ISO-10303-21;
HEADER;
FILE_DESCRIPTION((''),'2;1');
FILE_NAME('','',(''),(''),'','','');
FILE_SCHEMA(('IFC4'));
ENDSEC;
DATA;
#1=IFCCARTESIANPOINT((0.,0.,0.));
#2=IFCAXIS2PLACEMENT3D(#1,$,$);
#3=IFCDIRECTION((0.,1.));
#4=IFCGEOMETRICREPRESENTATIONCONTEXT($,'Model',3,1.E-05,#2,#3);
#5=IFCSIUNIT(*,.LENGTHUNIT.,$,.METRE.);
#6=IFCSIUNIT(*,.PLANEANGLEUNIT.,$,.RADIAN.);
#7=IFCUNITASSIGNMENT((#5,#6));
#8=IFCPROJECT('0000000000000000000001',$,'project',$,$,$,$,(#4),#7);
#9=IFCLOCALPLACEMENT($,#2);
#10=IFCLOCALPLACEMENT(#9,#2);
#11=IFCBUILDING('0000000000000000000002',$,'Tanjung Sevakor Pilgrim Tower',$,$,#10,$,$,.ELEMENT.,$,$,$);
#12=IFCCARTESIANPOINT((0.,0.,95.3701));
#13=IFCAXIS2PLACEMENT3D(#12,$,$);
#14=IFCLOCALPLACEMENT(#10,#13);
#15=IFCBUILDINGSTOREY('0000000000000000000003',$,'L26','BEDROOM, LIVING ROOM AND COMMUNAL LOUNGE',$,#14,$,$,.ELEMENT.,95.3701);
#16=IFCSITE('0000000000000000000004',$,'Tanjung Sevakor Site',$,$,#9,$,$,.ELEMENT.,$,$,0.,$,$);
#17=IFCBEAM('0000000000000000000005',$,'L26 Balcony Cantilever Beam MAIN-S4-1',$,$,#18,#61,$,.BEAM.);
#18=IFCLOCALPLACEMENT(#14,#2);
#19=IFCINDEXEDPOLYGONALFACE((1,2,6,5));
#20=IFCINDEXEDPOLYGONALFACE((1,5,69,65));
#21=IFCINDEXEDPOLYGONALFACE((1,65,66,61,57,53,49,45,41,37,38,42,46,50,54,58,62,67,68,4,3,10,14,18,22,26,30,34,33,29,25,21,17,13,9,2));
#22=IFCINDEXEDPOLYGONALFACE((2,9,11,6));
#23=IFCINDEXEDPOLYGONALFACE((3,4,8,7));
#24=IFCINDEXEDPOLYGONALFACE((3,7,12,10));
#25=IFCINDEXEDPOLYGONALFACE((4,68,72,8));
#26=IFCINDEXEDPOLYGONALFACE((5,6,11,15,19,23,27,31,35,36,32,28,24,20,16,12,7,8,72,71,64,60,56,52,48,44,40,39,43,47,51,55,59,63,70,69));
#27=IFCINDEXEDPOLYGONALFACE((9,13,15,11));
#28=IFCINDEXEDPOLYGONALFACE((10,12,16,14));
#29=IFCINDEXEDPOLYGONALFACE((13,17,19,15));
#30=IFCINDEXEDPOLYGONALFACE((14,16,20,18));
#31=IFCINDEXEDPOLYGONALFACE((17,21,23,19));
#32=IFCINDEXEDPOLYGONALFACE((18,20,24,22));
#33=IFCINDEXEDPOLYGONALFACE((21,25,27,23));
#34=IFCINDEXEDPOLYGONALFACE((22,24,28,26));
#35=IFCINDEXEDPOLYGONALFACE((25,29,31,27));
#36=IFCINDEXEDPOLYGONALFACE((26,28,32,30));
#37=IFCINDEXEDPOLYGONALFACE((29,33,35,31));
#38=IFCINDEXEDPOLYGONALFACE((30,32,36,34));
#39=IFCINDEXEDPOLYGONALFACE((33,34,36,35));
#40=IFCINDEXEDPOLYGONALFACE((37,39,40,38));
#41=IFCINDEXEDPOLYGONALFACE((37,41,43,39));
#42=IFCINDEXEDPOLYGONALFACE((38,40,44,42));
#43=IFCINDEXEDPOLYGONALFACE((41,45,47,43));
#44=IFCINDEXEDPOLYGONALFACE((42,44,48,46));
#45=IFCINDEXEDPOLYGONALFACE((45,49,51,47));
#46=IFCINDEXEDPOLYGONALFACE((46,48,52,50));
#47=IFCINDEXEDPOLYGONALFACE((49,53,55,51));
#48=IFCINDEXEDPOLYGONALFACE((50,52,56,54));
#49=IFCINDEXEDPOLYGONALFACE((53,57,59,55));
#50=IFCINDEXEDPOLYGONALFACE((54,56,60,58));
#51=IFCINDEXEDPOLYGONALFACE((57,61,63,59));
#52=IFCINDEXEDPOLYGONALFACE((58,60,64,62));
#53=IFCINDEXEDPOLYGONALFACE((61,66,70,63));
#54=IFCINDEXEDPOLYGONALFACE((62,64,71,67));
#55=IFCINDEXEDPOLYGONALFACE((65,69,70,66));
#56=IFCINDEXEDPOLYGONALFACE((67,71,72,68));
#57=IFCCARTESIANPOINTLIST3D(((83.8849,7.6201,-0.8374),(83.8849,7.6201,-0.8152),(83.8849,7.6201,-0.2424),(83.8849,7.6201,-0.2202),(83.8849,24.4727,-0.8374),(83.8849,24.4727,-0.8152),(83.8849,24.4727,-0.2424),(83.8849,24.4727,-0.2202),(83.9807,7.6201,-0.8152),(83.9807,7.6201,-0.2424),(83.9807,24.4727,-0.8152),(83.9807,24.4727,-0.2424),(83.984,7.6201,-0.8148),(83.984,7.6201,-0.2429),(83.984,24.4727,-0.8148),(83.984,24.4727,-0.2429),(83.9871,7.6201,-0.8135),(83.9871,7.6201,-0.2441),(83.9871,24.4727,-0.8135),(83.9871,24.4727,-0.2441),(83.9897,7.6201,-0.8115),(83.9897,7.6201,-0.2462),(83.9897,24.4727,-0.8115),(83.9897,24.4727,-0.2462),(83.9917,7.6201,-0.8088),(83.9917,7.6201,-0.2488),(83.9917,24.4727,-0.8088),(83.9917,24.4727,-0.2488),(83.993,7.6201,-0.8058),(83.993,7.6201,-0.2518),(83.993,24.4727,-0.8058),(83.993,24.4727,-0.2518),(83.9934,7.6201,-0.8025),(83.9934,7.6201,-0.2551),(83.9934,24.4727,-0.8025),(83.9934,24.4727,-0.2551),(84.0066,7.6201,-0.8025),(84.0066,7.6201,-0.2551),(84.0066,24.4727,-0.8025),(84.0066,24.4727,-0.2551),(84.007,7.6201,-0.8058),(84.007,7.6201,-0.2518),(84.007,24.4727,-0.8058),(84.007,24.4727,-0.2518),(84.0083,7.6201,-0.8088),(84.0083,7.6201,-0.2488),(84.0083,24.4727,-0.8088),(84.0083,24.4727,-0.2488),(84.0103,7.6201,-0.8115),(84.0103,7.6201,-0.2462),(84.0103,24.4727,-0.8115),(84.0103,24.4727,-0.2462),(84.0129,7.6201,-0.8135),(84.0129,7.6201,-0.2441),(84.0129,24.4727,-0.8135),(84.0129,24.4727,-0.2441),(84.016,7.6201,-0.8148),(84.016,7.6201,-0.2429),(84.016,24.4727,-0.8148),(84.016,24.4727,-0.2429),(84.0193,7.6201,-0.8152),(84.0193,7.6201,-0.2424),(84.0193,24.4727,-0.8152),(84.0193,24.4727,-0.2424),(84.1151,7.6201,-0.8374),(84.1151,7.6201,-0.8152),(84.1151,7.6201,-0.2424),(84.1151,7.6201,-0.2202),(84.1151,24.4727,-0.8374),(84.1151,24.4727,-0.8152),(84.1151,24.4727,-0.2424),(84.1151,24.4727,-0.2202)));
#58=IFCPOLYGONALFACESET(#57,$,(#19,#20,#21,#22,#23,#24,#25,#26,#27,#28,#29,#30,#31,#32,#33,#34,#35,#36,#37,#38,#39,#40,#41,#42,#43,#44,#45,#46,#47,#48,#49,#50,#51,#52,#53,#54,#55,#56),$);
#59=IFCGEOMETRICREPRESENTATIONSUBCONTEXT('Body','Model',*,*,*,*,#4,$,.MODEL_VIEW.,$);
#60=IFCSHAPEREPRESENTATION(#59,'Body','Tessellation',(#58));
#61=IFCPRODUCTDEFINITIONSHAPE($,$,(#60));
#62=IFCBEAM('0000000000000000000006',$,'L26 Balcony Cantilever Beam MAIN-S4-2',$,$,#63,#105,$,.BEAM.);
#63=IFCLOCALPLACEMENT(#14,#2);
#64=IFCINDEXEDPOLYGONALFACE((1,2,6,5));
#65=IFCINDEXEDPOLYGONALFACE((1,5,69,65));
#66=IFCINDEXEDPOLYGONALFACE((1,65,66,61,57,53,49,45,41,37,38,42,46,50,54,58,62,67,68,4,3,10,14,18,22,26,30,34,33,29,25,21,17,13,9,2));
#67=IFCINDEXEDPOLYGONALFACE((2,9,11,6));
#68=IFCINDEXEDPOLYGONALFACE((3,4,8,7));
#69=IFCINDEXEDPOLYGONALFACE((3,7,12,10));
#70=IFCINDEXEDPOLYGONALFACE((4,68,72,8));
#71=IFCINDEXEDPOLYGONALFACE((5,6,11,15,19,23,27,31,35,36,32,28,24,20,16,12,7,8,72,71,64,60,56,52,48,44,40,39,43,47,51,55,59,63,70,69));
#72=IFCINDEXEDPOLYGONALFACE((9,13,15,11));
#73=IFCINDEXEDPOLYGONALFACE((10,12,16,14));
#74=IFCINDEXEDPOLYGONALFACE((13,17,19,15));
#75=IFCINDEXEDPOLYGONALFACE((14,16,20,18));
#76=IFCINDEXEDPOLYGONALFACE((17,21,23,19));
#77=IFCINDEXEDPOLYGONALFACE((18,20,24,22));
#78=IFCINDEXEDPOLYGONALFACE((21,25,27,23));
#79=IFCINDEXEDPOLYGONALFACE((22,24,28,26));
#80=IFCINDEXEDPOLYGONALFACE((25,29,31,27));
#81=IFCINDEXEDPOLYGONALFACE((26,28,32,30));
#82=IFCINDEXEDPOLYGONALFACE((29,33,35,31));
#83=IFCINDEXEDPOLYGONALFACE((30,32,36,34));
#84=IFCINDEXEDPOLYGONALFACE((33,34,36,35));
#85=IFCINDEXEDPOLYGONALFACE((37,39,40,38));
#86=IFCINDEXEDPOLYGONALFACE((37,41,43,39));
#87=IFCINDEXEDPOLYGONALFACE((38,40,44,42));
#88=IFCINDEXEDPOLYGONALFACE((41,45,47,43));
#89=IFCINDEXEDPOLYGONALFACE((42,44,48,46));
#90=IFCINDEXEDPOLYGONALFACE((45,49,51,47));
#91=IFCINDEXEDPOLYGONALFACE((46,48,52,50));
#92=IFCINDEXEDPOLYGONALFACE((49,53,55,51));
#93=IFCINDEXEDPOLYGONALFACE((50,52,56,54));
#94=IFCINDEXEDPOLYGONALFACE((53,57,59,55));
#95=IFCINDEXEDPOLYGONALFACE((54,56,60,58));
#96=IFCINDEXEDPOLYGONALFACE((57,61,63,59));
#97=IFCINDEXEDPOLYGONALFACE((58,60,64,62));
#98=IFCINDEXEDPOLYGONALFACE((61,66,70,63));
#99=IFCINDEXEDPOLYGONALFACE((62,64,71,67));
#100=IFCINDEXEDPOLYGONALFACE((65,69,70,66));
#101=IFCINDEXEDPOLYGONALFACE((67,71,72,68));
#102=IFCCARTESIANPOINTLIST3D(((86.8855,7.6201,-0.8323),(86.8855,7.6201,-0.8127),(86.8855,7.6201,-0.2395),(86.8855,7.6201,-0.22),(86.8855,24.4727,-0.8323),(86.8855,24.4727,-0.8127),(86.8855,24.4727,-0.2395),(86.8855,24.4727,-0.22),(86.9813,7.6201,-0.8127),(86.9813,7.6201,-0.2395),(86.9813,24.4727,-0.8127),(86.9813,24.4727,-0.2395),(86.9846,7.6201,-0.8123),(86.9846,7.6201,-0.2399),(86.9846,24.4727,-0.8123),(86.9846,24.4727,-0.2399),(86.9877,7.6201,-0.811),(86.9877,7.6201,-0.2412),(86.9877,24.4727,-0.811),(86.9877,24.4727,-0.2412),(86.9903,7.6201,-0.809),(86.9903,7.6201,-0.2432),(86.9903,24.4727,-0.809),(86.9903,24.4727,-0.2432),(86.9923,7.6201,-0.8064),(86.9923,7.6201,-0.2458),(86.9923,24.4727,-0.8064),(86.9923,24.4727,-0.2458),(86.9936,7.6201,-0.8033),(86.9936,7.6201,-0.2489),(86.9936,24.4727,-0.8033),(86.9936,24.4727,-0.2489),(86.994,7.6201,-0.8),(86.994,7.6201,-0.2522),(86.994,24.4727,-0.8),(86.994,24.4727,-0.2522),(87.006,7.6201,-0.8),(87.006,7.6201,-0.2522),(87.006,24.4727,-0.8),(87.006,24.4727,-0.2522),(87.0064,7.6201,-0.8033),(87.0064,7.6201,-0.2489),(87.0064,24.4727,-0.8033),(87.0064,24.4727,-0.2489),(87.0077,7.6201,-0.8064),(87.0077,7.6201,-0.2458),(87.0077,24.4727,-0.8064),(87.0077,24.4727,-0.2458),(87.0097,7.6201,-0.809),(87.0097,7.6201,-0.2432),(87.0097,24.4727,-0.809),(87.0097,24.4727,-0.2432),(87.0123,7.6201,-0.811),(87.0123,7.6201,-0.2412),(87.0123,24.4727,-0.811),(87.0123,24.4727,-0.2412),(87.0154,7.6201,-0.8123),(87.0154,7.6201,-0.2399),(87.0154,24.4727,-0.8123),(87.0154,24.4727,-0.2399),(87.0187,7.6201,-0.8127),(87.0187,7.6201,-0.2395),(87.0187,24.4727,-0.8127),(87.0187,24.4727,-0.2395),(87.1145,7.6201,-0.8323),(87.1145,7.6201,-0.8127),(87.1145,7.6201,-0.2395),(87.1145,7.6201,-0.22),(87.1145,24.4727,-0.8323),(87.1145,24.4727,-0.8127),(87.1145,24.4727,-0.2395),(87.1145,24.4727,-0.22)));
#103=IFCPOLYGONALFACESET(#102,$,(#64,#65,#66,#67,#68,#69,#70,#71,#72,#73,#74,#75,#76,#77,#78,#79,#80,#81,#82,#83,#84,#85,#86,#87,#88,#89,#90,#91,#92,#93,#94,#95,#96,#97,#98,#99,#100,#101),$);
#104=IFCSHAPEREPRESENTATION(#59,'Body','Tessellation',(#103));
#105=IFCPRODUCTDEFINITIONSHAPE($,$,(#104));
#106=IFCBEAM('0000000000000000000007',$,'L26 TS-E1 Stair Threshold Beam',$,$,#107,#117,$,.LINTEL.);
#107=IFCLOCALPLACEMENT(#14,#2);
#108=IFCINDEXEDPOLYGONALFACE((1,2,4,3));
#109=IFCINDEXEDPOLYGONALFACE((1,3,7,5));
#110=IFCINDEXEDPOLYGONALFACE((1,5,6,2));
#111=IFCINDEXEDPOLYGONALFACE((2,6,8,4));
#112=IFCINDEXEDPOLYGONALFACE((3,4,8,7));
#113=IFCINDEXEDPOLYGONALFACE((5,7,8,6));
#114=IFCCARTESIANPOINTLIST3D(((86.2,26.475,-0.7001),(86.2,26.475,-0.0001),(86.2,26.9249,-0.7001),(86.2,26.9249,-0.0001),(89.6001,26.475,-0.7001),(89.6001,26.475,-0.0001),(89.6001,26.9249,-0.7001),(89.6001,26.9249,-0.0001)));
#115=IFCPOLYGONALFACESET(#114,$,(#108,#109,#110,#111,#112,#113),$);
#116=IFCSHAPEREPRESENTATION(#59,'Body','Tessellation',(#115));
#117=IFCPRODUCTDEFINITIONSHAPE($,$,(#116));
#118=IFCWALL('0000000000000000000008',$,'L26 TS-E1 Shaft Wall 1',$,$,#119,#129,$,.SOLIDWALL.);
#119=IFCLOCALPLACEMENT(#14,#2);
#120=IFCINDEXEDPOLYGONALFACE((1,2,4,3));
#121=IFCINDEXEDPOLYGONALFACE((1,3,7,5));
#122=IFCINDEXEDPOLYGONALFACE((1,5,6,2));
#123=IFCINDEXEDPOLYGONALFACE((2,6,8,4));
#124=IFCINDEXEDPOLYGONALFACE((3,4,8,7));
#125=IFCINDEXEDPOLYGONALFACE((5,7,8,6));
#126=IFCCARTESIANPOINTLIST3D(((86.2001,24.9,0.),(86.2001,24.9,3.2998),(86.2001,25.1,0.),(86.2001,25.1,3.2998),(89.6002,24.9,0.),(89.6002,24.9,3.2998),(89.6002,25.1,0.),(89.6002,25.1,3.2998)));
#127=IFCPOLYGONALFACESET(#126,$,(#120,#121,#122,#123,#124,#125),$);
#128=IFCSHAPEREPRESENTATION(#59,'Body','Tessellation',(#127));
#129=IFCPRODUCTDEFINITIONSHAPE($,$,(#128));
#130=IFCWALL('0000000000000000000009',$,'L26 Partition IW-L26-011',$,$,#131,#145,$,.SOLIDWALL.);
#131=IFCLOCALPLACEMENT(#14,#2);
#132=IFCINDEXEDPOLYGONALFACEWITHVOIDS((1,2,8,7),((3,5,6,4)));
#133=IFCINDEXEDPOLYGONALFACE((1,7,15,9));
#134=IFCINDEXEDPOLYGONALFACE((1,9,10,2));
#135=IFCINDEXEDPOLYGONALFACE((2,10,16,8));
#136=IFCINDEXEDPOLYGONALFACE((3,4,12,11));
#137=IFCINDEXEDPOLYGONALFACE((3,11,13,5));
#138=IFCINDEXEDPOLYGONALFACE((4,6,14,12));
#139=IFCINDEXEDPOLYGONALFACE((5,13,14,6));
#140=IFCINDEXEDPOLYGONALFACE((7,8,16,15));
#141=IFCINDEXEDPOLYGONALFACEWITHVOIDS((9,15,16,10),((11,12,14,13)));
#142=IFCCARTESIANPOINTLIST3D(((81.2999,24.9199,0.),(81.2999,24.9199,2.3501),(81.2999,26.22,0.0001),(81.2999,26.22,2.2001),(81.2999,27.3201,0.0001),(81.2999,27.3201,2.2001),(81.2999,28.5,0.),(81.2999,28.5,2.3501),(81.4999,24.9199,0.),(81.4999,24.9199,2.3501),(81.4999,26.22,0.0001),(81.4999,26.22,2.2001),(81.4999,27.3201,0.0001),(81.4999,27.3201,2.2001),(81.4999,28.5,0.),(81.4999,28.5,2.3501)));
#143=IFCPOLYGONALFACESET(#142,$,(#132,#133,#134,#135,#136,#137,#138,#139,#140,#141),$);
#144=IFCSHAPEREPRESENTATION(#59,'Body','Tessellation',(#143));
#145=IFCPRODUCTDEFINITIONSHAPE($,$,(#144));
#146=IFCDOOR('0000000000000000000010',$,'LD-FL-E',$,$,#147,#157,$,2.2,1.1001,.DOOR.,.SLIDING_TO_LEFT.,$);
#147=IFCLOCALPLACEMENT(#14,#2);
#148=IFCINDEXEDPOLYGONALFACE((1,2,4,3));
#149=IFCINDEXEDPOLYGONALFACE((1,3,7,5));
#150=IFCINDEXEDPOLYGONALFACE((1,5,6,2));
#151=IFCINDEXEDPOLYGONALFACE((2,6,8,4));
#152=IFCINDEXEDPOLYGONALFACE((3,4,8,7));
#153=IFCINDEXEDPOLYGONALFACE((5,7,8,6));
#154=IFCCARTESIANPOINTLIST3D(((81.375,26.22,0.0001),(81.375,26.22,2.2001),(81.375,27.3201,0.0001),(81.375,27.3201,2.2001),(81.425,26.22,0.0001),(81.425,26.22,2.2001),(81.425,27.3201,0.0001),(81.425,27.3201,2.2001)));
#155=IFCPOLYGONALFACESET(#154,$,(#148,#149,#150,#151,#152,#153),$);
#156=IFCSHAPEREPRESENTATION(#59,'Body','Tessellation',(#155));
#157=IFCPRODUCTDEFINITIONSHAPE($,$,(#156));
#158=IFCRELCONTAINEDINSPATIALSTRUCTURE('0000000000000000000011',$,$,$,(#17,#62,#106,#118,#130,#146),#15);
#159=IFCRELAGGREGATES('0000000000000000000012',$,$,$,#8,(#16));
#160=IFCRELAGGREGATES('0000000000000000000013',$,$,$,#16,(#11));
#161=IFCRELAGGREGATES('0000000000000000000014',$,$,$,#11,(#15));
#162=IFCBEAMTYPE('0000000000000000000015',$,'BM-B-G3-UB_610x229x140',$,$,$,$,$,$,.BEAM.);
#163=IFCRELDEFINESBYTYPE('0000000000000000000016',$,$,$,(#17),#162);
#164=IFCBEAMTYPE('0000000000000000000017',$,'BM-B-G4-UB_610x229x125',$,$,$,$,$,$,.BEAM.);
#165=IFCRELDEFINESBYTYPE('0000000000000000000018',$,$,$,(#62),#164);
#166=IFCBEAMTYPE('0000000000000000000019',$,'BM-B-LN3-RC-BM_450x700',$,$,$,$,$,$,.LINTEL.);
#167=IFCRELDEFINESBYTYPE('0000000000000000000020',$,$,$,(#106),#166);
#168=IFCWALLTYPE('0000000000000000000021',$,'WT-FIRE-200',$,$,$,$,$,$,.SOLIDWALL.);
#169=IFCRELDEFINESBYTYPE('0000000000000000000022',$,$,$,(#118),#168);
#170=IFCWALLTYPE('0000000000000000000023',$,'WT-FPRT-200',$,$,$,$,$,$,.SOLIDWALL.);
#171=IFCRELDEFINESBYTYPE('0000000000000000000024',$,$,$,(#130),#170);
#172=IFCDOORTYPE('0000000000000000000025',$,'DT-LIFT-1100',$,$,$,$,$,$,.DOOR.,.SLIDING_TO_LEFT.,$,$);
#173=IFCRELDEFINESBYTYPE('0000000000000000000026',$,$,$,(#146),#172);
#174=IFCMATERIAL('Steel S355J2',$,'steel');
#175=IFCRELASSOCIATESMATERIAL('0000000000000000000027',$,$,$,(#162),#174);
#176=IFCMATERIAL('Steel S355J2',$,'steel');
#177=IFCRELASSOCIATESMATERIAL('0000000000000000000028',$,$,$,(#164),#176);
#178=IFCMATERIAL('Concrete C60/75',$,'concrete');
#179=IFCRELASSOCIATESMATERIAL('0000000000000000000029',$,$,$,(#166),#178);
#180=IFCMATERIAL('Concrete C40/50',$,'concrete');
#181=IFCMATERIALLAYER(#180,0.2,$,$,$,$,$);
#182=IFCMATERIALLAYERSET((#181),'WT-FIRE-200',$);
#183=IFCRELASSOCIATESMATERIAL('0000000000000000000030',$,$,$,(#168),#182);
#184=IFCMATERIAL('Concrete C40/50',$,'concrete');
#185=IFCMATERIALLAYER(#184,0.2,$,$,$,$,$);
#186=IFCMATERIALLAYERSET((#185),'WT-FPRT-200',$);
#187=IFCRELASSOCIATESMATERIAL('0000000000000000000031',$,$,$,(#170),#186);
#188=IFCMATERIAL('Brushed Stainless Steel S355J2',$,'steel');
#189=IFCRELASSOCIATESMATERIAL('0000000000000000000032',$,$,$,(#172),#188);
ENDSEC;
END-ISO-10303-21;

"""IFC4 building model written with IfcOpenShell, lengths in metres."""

from ifc_helpers import new_model, si_unit, direction, frame, frame_2d, origin, origin_2d, place, context, subcontext, project, spatial, rectangle, i_section, extrude, material, layer, layer_set, material_profile, profile_set, type_object, element, fill, save


model = new_model("IFC4")

# Units and contexts
model_context = context("Model", 3, precision=1e-05, world=origin(), true_north=direction((0.0, 1.0)))
body_context = subcontext(model_context, "Body", "Model", "MODEL_VIEW")
ifc_project = project(units=[si_unit("LENGTHUNIT", "METRE"), si_unit("PLANEANGLEUNIT", "RADIAN")], contexts=[model_context])

# Site, building, storey
site_placement = place(None, origin())
site = spatial("IfcSite", under=ifc_project, at=site_placement, Name="Tanjung Sevakor Site", CompositionType="ELEMENT", RefElevation=0.0)
building_placement = place(site_placement, origin())
building = spatial("IfcBuilding", under=site, at=building_placement, Name="Tanjung Sevakor Pilgrim Tower", CompositionType="ELEMENT")
storey_placement = place(building_placement, frame((0.0, 0.0, 95.3701)))
storey = spatial("IfcBuildingStorey", under=building, at=storey_placement, Name="L26", Description="BEDROOM, LIVING ROOM AND COMMUNAL LOUNGE", CompositionType="ELEMENT", Elevation=95.3701)

# Beams
ifc_material_1 = material(Name="Steel S355J2", Category="steel")
ifc_material_profile_1 = material_profile(ifc_material_1, i_section(OverallWidth=0.2302, OverallDepth=0.6172, WebThickness=0.0132, FlangeThickness=0.0222, FilletRadius=0.0127, at=origin_2d()))
ifc_profile_set_1 = profile_set([ifc_material_profile_1], Name="Steel S355J2")
beam_type_1 = type_object("IfcBeamType", Name="BM-B-G3-UB_610x229x140", PredefinedType="BEAM", material=ifc_profile_set_1)
beam_1_placement = place(storey_placement, frame((84.0, 24.4727, -0.5288), z_axis=(0.0, -1.0, 0.0), x_axis=(1.0, 0.0, 0.0)))
element("IfcBeam", 1, at=beam_1_placement, inside=storey, type_object=beam_type_1, Name="L26 Balcony Cantilever Beam MAIN-S4-1", PredefinedType="BEAM", context=body_context, shape_type="SweptSolid", body=[
    extrude(i_section(OverallWidth=0.2302, OverallDepth=0.6172, WebThickness=0.0132, FlangeThickness=0.0222, FilletRadius=0.0127, at=origin_2d()), origin(), (0.0, 0.0, 1.0), 16.8525),
])
ifc_material_2 = material(Name="Steel S355J2", Category="steel")
ifc_material_profile_2 = material_profile(ifc_material_2, i_section(OverallWidth=0.229, OverallDepth=0.6123, WebThickness=0.012, FlangeThickness=0.0195, FilletRadius=0.0127, at=origin_2d()))
ifc_profile_set_2 = profile_set([ifc_material_profile_2], Name="Steel S355J2")
beam_type_2 = type_object("IfcBeamType", Name="BM-B-G4-UB_610x229x125", PredefinedType="BEAM", material=ifc_profile_set_2)
beam_2_placement = place(storey_placement, frame((87.0, 24.4727, -0.5261), z_axis=(0.0, -1.0, 0.0), x_axis=(1.0, 0.0, 0.0)))
element("IfcBeam", 2, at=beam_2_placement, inside=storey, type_object=beam_type_2, Name="L26 Balcony Cantilever Beam MAIN-S4-2", PredefinedType="BEAM", context=body_context, shape_type="SweptSolid", body=[
    extrude(i_section(OverallWidth=0.229, OverallDepth=0.6123, WebThickness=0.012, FlangeThickness=0.0195, FilletRadius=0.0127, at=origin_2d()), origin(), (0.0, 0.0, 1.0), 16.8525),
])
ifc_material_3 = material(Name="Concrete C60/75", Category="concrete")
ifc_material_profile_3 = material_profile(ifc_material_3, rectangle(XDim=0.45, YDim=0.7, at=origin_2d()))
ifc_profile_set_3 = profile_set([ifc_material_profile_3], Name="Concrete C60/75")
beam_type_3 = type_object("IfcBeamType", Name="BM-B-LN3-RC-BM_450x700", PredefinedType="LINTEL", material=ifc_profile_set_3)
beam_3_placement = place(storey_placement, frame((86.2, 26.7, -0.3501), z_axis=(1.0, 0.0, 0.0), x_axis=(0.0, 1.0, 0.0)))
element("IfcBeam", 3, at=beam_3_placement, inside=storey, type_object=beam_type_3, Name="L26 TS-E1 Stair Threshold Beam", PredefinedType="LINTEL", context=body_context, shape_type="SweptSolid", body=[
    extrude(rectangle(XDim=0.45, YDim=0.7, at=origin_2d()), origin(), (0.0, 0.0, 1.0), 3.4001),
])

# Wall
ifc_material_4 = material(Name="Concrete C40/50", Category="concrete")
ifc_layer_1 = layer(ifc_material_4, 0.2)
ifc_layer_set_1 = layer_set([ifc_layer_1], Name="WT-FIRE-200")
wall_type_1 = type_object("IfcWallType", Name="WT-FIRE-200", PredefinedType="SOLIDWALL", material=ifc_layer_set_1)
wall_1_placement = place(storey_placement, frame((86.2, 25.0, 0.0), z_axis=(0.0, 0.0, 1.0), x_axis=(1.0, 0.0, 0.0)))
element("IfcWall", 4, at=wall_1_placement, inside=storey, type_object=wall_type_1, Name="L26 TS-E1 Shaft Wall 1", PredefinedType="SOLIDWALL", context=body_context, shape_type="SweptSolid", body=[
    extrude(rectangle(XDim=3.4001, YDim=0.2, at=frame_2d((1.7002, 0.0))), origin(), (0.0, 0.0, 1.0), 3.2998),
])

# Wall, opening, door
ifc_material_5 = material(Name="Concrete C40/50", Category="concrete")
ifc_layer_2 = layer(ifc_material_5, 0.2)
ifc_layer_set_2 = layer_set([ifc_layer_2], Name="WT-FPRT-200")
wall_type_2 = type_object("IfcWallType", Name="WT-FPRT-200", PredefinedType="SOLIDWALL", material=ifc_layer_set_2)
wall_2_placement = place(storey_placement, frame((81.3999, 24.9199, 0.0), z_axis=(0.0, 0.0, 1.0), x_axis=(0.0, 1.0, 0.0)))
wall_2 = element("IfcWall", 5, at=wall_2_placement, inside=storey, type_object=wall_type_2, Name="L26 Partition IW-L26-011", PredefinedType="SOLIDWALL", context=body_context, shape_type="SweptSolid", body=[
    extrude(rectangle(XDim=3.5801, YDim=0.2, at=frame_2d((1.79, 0.0))), origin(), (0.0, 0.0, 1.0), 2.3501),
])
opening_1_placement = place(wall_2_placement, frame((1.3, 0.0, 0.0)))
opening_1 = element("IfcOpeningElement", 6, at=opening_1_placement, cuts=wall_2, PredefinedType="OPENING", context=body_context, shape_type="SweptSolid", body=[
    extrude(rectangle(XDim=1.1001, YDim=2.2, at=frame_2d((0.55, 1.1001))), frame((0.0, 0.1099, 0.0), z_axis=(0.0, -1.0, 0.0), x_axis=(1.0, 0.0, 0.0)), (0.0, 0.0, 1.0), 0.22),
])
ifc_material_6 = material(Name="Brushed Stainless Steel S355J2", Category="steel")
door_type_1 = type_object("IfcDoorType", Name="DT-LIFT-1100", OperationType="SLIDING_TO_LEFT", PredefinedType="DOOR", material=ifc_material_6)
door_1_placement = place(opening_1_placement, origin())
door_1 = element("IfcDoor", 7, at=door_1_placement, inside=storey, type_object=door_type_1, Name="LD-FL-E", OperationType="SLIDING_TO_LEFT", OverallHeight=2.2, OverallWidth=1.1001, PredefinedType="DOOR", context=body_context, shape_type="SweptSolid", body=[
    extrude(rectangle(XDim=1.1001, YDim=2.2, at=frame_2d((0.55, 1.1001))), frame((0.0, 0.0249, 0.0), z_axis=(0.0, -1.0, 0.0), x_axis=(1.0, 0.0, 0.0)), (0.0, 0.0, 1.0), 0.05),
])
fill(opening_1, door_1)

save(model, "model.ifc")
